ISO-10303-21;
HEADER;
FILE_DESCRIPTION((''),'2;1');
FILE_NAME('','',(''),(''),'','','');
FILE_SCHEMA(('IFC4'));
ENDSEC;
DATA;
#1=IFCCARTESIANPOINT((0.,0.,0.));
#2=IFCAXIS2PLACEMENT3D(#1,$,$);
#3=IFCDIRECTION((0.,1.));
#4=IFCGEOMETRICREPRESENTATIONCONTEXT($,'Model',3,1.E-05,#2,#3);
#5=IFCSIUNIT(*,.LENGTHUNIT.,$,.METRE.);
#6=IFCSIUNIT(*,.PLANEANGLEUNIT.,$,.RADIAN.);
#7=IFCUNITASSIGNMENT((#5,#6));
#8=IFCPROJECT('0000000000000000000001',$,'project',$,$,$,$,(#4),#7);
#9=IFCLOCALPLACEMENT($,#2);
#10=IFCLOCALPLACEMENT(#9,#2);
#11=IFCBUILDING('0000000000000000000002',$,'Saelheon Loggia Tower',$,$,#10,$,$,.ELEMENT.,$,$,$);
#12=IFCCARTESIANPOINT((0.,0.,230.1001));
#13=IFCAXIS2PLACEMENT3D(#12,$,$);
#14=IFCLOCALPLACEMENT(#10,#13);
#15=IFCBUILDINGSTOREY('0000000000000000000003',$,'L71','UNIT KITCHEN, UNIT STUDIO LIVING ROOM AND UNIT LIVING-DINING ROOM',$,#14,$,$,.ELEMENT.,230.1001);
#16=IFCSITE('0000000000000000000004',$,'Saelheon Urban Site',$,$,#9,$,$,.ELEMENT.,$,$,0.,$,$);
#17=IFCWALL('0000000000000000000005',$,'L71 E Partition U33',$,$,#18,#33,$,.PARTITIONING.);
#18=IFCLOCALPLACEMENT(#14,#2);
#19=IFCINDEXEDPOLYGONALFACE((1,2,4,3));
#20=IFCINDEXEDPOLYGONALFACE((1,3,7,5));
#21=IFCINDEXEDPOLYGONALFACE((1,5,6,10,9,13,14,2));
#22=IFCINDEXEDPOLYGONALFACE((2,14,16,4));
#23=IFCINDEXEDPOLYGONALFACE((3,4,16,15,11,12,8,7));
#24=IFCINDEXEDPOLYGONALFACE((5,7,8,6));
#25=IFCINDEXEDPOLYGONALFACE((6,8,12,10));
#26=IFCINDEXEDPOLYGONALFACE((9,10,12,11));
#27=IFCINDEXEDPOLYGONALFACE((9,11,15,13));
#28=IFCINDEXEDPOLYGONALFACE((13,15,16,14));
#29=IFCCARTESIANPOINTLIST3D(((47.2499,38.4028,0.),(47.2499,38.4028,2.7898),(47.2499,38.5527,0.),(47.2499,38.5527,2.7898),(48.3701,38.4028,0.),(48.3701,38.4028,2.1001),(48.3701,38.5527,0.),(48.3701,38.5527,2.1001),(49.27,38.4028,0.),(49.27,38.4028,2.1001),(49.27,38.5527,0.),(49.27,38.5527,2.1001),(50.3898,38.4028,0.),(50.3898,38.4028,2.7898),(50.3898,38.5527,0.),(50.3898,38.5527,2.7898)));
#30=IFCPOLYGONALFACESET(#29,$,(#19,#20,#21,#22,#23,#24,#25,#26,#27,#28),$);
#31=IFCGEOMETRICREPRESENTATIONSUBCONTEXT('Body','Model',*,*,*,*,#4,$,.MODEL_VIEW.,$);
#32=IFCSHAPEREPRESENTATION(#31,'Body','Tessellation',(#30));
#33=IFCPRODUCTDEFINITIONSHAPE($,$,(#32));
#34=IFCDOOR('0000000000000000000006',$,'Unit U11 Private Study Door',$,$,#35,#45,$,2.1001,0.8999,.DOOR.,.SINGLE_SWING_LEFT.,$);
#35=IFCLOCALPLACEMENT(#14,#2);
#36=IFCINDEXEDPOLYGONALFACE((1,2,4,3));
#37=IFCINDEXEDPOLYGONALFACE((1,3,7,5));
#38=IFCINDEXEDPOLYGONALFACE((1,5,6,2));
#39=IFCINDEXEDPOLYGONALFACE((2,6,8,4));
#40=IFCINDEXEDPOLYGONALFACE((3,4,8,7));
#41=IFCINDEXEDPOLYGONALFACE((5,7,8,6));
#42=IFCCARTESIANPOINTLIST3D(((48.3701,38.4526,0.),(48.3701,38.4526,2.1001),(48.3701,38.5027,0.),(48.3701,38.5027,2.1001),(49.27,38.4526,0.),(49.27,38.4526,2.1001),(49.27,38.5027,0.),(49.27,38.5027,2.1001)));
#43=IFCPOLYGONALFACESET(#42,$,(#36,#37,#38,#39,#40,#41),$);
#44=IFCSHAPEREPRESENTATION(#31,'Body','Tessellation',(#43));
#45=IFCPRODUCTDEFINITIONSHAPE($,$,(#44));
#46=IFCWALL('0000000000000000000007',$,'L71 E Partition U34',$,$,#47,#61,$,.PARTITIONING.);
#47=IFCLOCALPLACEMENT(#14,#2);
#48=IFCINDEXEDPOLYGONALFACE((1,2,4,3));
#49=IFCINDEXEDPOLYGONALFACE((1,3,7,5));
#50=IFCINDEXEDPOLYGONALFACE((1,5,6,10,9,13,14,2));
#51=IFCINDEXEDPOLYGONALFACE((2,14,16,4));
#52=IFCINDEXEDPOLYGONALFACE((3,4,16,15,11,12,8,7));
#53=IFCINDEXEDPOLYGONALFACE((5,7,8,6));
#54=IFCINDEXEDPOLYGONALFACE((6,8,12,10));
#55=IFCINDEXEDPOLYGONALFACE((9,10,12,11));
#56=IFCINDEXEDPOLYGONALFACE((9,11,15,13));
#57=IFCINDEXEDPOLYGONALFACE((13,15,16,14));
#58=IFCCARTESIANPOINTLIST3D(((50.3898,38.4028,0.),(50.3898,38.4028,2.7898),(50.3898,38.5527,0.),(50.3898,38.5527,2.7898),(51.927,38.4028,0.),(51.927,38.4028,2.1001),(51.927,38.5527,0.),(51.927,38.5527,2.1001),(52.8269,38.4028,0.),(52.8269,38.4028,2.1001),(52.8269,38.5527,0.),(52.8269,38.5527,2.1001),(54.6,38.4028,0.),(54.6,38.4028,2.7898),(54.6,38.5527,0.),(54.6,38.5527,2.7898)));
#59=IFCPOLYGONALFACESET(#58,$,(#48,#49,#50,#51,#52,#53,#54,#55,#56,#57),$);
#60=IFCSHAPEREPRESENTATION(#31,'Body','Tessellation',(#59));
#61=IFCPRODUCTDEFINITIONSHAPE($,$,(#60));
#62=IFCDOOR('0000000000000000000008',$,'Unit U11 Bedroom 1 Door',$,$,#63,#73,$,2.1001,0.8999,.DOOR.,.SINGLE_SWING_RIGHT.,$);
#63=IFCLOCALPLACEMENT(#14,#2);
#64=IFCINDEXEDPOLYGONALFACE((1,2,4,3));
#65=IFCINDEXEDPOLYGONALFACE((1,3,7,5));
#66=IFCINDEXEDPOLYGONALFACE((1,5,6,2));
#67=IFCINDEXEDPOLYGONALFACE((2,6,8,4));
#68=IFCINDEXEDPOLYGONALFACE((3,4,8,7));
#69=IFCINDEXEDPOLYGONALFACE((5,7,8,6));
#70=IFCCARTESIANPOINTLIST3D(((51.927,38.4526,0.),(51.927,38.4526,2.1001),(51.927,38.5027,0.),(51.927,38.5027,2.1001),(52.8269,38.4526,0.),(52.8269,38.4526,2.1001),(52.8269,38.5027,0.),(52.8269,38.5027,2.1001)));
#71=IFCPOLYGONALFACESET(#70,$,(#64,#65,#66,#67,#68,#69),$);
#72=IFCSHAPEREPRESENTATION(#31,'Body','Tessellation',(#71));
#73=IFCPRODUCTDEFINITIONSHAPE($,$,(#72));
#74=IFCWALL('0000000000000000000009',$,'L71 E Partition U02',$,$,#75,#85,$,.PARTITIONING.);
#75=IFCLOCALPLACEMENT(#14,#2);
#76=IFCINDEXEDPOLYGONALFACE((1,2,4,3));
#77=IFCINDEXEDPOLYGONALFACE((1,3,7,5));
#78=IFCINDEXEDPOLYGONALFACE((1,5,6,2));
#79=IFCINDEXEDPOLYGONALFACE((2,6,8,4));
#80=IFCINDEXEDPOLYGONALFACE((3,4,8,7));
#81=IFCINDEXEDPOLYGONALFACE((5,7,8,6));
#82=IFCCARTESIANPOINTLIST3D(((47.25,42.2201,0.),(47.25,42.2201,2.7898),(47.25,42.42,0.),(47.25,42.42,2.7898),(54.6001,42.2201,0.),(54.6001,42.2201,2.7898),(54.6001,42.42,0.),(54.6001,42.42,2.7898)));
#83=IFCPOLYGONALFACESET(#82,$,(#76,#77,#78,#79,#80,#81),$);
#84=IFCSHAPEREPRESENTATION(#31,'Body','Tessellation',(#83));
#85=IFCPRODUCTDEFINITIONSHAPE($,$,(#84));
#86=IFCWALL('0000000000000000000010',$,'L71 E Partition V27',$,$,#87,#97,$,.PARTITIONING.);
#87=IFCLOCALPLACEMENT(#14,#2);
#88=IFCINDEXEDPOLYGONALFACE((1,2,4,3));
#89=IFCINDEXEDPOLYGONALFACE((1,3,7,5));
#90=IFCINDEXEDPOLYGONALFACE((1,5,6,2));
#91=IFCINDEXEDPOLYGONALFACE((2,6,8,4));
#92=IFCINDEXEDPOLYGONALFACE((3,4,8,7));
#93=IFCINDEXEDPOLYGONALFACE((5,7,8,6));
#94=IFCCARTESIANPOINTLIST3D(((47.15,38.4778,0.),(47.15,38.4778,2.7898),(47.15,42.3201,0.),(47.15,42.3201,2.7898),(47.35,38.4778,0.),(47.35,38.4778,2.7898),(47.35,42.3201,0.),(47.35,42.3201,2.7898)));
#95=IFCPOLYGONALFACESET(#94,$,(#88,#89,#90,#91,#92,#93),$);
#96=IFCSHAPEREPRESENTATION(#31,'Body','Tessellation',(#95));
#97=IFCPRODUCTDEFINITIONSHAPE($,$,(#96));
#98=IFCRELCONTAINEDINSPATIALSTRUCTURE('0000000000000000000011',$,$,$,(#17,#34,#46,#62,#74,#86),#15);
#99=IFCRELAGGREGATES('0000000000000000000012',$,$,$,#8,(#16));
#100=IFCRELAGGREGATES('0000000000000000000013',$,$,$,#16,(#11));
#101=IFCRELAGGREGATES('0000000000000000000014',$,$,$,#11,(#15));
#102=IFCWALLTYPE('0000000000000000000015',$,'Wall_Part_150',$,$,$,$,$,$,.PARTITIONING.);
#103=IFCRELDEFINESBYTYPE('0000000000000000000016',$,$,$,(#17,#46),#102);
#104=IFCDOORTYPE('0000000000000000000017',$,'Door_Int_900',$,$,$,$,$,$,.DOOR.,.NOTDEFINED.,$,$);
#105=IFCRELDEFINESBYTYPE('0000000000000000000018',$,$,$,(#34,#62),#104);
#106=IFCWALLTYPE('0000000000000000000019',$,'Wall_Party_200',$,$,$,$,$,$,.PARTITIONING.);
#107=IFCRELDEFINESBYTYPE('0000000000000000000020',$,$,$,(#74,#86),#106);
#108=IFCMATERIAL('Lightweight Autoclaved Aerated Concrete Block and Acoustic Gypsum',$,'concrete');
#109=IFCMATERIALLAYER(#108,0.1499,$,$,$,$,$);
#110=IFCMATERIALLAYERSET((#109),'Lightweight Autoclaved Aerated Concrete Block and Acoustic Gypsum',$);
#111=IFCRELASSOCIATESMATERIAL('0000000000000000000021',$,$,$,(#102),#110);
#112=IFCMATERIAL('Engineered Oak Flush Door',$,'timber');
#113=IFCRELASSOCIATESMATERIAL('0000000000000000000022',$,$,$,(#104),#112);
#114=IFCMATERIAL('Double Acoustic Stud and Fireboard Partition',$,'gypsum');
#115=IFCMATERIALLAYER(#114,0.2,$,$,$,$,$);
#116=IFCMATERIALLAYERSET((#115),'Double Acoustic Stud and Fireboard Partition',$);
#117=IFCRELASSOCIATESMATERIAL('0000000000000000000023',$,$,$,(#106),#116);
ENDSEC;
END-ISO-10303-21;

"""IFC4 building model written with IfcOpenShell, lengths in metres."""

from ifc_helpers import new_model, si_unit, direction, frame, frame_2d, origin, place, context, subcontext, project, spatial, rectangle, extrude, source, transform, mapped, material, layer, layer_set, type_object, element, fill, save


model = new_model("IFC4")

# Units and contexts
model_context = context("Model", 3, precision=1e-05, world=origin(), true_north=direction((0.0, 1.0)))
body_context = subcontext(model_context, "Body", "Model", "MODEL_VIEW")
ifc_project = project(units=[si_unit("LENGTHUNIT", "METRE"), si_unit("PLANEANGLEUNIT", "RADIAN")], contexts=[model_context])

# Site, building, storey
site_placement = place(None, origin())
site = spatial("IfcSite", under=ifc_project, at=site_placement, Name="Saelheon Urban Site", CompositionType="ELEMENT", RefElevation=0.0)
building_placement = place(site_placement, origin())
building = spatial("IfcBuilding", under=site, at=building_placement, Name="Saelheon Loggia Tower", CompositionType="ELEMENT")
storey_placement = place(building_placement, frame((0.0, 0.0, 230.1001)))
storey = spatial("IfcBuildingStorey", under=building, at=storey_placement, Name="L71", Description="UNIT KITCHEN, UNIT STUDIO LIVING ROOM AND UNIT LIVING-DINING ROOM", CompositionType="ELEMENT", Elevation=230.1001)

# Shared definitions
ifc_material_1 = material(Name="Lightweight Autoclaved Aerated Concrete Block and Acoustic Gypsum", Category="concrete")
ifc_layer_1 = layer(ifc_material_1, 0.1499)
ifc_layer_set_1 = layer_set([ifc_layer_1], Name="Lightweight Autoclaved Aerated Concrete Block and Acoustic Gypsum")
wall_type_1 = type_object("IfcWallType", Name="Wall_Part_150", PredefinedType="PARTITIONING", material=ifc_layer_set_1)
ifc_material_2 = material(Name="Engineered Oak Flush Door", Category="timber")
door_type = type_object("IfcDoorType", Name="Door_Int_900", OperationType="NOTDEFINED", PredefinedType="DOOR", material=ifc_material_2)
shared_shape_1 = source(origin(), body_context, "Body", "SweptSolid", [
    extrude(rectangle(XDim=0.8999, YDim=2.1001, at=frame_2d((0.45, 1.05))), frame((0.0, 0.0249, 0.0), z_axis=(0.0, -1.0, 0.0), x_axis=(1.0, 0.0, 0.0)), (0.0, 0.0, 1.0), 0.05),
])

# Walls, openings, doors
wall_1_placement = place(storey_placement, frame((47.25, 38.4778, 0.0), z_axis=(0.0, 0.0, 1.0), x_axis=(1.0, 0.0, 0.0)))
wall_1 = element("IfcWall", 1, at=wall_1_placement, inside=storey, type_object=wall_type_1, Name="L71 E Partition U33", PredefinedType="PARTITIONING", context=body_context, shape_type="SweptSolid", body=[
    extrude(rectangle(XDim=3.1399, YDim=0.1499, at=frame_2d((1.5698, 0.0))), origin(), (0.0, 0.0, 1.0), 2.7898),
])
opening_1_placement = place(wall_1_placement, frame((1.1201, 0.0, 0.0)))
opening_1 = element("IfcOpeningElement", 2, at=opening_1_placement, cuts=wall_1, PredefinedType="OPENING", context=body_context, shape_type="SweptSolid", body=[
    extrude(rectangle(XDim=0.8999, YDim=2.1001, at=frame_2d((0.45, 1.05))), frame((0.0, 0.0869, 0.0), z_axis=(0.0, -1.0, 0.0), x_axis=(1.0, 0.0, 0.0)), (0.0, 0.0, 1.0), 0.1738),
])
door_1_placement = place(opening_1_placement, origin())
door_1 = element("IfcDoor", 3, at=door_1_placement, inside=storey, type_object=door_type, Name="Unit U11 Private Study Door", OperationType="SINGLE_SWING_LEFT", OverallHeight=2.1001, OverallWidth=0.8999, PredefinedType="DOOR", context=body_context, shape_type="MappedRepresentation", body=[
    mapped(shared_shape_1, transform((0.0, 0.0, 0.0), scale=1.0)),
])
fill(opening_1, door_1)
wall_2_placement = place(storey_placement, frame((50.3899, 38.4778, 0.0), z_axis=(0.0, 0.0, 1.0), x_axis=(1.0, 0.0, 0.0)))
wall_2 = element("IfcWall", 4, at=wall_2_placement, inside=storey, type_object=wall_type_1, Name="L71 E Partition U34", PredefinedType="PARTITIONING", context=body_context, shape_type="SweptSolid", body=[
    extrude(rectangle(XDim=4.2102, YDim=0.1499, at=frame_2d((2.105, 0.0))), origin(), (0.0, 0.0, 1.0), 2.7898),
])
opening_2_placement = place(wall_2_placement, frame((1.5371, 0.0, 0.0)))
opening_2 = element("IfcOpeningElement", 5, at=opening_2_placement, cuts=wall_2, PredefinedType="OPENING", context=body_context, shape_type="SweptSolid", body=[
    extrude(rectangle(XDim=0.8999, YDim=2.1001, at=frame_2d((0.45, 1.05))), frame((0.0, 0.0869, 0.0), z_axis=(0.0, -1.0, 0.0), x_axis=(1.0, 0.0, 0.0)), (0.0, 0.0, 1.0), 0.1738),
])
door_2_placement = place(opening_2_placement, origin())
door_2 = element("IfcDoor", 6, at=door_2_placement, inside=storey, type_object=door_type, Name="Unit U11 Bedroom 1 Door", OperationType="SINGLE_SWING_RIGHT", OverallHeight=2.1001, OverallWidth=0.8999, PredefinedType="DOOR", context=body_context, shape_type="MappedRepresentation", body=[
    mapped(shared_shape_1, transform((0.0, 0.0, 0.0), scale=1.0)),
])
fill(opening_2, door_2)

# Walls
ifc_material_3 = material(Name="Double Acoustic Stud and Fireboard Partition", Category="gypsum")
ifc_layer_2 = layer(ifc_material_3, 0.2)
ifc_layer_set_2 = layer_set([ifc_layer_2], Name="Double Acoustic Stud and Fireboard Partition")
wall_type_2 = type_object("IfcWallType", Name="Wall_Party_200", PredefinedType="PARTITIONING", material=ifc_layer_set_2)
wall_3_placement = place(storey_placement, frame((47.25, 42.3201, 0.0), z_axis=(0.0, 0.0, 1.0), x_axis=(1.0, 0.0, 0.0)))
element("IfcWall", 7, at=wall_3_placement, inside=storey, type_object=wall_type_2, Name="L71 E Partition U02", PredefinedType="PARTITIONING", context=body_context, shape_type="SweptSolid", body=[
    extrude(rectangle(XDim=7.3501, YDim=0.2, at=frame_2d((3.675, 0.0))), origin(), (0.0, 0.0, 1.0), 2.7898),
])
wall_4_placement = place(storey_placement, frame((47.25, 38.4778, 0.0), z_axis=(0.0, 0.0, 1.0), x_axis=(0.0, 1.0, 0.0)))
element("IfcWall", 8, at=wall_4_placement, inside=storey, type_object=wall_type_2, Name="L71 E Partition V27", PredefinedType="PARTITIONING", context=body_context, shape_type="SweptSolid", body=[
    extrude(rectangle(XDim=3.8423, YDim=0.2, at=frame_2d((1.9211, 0.0))), origin(), (0.0, 0.0, 1.0), 2.7898),
])

save(model, "model.ifc")
